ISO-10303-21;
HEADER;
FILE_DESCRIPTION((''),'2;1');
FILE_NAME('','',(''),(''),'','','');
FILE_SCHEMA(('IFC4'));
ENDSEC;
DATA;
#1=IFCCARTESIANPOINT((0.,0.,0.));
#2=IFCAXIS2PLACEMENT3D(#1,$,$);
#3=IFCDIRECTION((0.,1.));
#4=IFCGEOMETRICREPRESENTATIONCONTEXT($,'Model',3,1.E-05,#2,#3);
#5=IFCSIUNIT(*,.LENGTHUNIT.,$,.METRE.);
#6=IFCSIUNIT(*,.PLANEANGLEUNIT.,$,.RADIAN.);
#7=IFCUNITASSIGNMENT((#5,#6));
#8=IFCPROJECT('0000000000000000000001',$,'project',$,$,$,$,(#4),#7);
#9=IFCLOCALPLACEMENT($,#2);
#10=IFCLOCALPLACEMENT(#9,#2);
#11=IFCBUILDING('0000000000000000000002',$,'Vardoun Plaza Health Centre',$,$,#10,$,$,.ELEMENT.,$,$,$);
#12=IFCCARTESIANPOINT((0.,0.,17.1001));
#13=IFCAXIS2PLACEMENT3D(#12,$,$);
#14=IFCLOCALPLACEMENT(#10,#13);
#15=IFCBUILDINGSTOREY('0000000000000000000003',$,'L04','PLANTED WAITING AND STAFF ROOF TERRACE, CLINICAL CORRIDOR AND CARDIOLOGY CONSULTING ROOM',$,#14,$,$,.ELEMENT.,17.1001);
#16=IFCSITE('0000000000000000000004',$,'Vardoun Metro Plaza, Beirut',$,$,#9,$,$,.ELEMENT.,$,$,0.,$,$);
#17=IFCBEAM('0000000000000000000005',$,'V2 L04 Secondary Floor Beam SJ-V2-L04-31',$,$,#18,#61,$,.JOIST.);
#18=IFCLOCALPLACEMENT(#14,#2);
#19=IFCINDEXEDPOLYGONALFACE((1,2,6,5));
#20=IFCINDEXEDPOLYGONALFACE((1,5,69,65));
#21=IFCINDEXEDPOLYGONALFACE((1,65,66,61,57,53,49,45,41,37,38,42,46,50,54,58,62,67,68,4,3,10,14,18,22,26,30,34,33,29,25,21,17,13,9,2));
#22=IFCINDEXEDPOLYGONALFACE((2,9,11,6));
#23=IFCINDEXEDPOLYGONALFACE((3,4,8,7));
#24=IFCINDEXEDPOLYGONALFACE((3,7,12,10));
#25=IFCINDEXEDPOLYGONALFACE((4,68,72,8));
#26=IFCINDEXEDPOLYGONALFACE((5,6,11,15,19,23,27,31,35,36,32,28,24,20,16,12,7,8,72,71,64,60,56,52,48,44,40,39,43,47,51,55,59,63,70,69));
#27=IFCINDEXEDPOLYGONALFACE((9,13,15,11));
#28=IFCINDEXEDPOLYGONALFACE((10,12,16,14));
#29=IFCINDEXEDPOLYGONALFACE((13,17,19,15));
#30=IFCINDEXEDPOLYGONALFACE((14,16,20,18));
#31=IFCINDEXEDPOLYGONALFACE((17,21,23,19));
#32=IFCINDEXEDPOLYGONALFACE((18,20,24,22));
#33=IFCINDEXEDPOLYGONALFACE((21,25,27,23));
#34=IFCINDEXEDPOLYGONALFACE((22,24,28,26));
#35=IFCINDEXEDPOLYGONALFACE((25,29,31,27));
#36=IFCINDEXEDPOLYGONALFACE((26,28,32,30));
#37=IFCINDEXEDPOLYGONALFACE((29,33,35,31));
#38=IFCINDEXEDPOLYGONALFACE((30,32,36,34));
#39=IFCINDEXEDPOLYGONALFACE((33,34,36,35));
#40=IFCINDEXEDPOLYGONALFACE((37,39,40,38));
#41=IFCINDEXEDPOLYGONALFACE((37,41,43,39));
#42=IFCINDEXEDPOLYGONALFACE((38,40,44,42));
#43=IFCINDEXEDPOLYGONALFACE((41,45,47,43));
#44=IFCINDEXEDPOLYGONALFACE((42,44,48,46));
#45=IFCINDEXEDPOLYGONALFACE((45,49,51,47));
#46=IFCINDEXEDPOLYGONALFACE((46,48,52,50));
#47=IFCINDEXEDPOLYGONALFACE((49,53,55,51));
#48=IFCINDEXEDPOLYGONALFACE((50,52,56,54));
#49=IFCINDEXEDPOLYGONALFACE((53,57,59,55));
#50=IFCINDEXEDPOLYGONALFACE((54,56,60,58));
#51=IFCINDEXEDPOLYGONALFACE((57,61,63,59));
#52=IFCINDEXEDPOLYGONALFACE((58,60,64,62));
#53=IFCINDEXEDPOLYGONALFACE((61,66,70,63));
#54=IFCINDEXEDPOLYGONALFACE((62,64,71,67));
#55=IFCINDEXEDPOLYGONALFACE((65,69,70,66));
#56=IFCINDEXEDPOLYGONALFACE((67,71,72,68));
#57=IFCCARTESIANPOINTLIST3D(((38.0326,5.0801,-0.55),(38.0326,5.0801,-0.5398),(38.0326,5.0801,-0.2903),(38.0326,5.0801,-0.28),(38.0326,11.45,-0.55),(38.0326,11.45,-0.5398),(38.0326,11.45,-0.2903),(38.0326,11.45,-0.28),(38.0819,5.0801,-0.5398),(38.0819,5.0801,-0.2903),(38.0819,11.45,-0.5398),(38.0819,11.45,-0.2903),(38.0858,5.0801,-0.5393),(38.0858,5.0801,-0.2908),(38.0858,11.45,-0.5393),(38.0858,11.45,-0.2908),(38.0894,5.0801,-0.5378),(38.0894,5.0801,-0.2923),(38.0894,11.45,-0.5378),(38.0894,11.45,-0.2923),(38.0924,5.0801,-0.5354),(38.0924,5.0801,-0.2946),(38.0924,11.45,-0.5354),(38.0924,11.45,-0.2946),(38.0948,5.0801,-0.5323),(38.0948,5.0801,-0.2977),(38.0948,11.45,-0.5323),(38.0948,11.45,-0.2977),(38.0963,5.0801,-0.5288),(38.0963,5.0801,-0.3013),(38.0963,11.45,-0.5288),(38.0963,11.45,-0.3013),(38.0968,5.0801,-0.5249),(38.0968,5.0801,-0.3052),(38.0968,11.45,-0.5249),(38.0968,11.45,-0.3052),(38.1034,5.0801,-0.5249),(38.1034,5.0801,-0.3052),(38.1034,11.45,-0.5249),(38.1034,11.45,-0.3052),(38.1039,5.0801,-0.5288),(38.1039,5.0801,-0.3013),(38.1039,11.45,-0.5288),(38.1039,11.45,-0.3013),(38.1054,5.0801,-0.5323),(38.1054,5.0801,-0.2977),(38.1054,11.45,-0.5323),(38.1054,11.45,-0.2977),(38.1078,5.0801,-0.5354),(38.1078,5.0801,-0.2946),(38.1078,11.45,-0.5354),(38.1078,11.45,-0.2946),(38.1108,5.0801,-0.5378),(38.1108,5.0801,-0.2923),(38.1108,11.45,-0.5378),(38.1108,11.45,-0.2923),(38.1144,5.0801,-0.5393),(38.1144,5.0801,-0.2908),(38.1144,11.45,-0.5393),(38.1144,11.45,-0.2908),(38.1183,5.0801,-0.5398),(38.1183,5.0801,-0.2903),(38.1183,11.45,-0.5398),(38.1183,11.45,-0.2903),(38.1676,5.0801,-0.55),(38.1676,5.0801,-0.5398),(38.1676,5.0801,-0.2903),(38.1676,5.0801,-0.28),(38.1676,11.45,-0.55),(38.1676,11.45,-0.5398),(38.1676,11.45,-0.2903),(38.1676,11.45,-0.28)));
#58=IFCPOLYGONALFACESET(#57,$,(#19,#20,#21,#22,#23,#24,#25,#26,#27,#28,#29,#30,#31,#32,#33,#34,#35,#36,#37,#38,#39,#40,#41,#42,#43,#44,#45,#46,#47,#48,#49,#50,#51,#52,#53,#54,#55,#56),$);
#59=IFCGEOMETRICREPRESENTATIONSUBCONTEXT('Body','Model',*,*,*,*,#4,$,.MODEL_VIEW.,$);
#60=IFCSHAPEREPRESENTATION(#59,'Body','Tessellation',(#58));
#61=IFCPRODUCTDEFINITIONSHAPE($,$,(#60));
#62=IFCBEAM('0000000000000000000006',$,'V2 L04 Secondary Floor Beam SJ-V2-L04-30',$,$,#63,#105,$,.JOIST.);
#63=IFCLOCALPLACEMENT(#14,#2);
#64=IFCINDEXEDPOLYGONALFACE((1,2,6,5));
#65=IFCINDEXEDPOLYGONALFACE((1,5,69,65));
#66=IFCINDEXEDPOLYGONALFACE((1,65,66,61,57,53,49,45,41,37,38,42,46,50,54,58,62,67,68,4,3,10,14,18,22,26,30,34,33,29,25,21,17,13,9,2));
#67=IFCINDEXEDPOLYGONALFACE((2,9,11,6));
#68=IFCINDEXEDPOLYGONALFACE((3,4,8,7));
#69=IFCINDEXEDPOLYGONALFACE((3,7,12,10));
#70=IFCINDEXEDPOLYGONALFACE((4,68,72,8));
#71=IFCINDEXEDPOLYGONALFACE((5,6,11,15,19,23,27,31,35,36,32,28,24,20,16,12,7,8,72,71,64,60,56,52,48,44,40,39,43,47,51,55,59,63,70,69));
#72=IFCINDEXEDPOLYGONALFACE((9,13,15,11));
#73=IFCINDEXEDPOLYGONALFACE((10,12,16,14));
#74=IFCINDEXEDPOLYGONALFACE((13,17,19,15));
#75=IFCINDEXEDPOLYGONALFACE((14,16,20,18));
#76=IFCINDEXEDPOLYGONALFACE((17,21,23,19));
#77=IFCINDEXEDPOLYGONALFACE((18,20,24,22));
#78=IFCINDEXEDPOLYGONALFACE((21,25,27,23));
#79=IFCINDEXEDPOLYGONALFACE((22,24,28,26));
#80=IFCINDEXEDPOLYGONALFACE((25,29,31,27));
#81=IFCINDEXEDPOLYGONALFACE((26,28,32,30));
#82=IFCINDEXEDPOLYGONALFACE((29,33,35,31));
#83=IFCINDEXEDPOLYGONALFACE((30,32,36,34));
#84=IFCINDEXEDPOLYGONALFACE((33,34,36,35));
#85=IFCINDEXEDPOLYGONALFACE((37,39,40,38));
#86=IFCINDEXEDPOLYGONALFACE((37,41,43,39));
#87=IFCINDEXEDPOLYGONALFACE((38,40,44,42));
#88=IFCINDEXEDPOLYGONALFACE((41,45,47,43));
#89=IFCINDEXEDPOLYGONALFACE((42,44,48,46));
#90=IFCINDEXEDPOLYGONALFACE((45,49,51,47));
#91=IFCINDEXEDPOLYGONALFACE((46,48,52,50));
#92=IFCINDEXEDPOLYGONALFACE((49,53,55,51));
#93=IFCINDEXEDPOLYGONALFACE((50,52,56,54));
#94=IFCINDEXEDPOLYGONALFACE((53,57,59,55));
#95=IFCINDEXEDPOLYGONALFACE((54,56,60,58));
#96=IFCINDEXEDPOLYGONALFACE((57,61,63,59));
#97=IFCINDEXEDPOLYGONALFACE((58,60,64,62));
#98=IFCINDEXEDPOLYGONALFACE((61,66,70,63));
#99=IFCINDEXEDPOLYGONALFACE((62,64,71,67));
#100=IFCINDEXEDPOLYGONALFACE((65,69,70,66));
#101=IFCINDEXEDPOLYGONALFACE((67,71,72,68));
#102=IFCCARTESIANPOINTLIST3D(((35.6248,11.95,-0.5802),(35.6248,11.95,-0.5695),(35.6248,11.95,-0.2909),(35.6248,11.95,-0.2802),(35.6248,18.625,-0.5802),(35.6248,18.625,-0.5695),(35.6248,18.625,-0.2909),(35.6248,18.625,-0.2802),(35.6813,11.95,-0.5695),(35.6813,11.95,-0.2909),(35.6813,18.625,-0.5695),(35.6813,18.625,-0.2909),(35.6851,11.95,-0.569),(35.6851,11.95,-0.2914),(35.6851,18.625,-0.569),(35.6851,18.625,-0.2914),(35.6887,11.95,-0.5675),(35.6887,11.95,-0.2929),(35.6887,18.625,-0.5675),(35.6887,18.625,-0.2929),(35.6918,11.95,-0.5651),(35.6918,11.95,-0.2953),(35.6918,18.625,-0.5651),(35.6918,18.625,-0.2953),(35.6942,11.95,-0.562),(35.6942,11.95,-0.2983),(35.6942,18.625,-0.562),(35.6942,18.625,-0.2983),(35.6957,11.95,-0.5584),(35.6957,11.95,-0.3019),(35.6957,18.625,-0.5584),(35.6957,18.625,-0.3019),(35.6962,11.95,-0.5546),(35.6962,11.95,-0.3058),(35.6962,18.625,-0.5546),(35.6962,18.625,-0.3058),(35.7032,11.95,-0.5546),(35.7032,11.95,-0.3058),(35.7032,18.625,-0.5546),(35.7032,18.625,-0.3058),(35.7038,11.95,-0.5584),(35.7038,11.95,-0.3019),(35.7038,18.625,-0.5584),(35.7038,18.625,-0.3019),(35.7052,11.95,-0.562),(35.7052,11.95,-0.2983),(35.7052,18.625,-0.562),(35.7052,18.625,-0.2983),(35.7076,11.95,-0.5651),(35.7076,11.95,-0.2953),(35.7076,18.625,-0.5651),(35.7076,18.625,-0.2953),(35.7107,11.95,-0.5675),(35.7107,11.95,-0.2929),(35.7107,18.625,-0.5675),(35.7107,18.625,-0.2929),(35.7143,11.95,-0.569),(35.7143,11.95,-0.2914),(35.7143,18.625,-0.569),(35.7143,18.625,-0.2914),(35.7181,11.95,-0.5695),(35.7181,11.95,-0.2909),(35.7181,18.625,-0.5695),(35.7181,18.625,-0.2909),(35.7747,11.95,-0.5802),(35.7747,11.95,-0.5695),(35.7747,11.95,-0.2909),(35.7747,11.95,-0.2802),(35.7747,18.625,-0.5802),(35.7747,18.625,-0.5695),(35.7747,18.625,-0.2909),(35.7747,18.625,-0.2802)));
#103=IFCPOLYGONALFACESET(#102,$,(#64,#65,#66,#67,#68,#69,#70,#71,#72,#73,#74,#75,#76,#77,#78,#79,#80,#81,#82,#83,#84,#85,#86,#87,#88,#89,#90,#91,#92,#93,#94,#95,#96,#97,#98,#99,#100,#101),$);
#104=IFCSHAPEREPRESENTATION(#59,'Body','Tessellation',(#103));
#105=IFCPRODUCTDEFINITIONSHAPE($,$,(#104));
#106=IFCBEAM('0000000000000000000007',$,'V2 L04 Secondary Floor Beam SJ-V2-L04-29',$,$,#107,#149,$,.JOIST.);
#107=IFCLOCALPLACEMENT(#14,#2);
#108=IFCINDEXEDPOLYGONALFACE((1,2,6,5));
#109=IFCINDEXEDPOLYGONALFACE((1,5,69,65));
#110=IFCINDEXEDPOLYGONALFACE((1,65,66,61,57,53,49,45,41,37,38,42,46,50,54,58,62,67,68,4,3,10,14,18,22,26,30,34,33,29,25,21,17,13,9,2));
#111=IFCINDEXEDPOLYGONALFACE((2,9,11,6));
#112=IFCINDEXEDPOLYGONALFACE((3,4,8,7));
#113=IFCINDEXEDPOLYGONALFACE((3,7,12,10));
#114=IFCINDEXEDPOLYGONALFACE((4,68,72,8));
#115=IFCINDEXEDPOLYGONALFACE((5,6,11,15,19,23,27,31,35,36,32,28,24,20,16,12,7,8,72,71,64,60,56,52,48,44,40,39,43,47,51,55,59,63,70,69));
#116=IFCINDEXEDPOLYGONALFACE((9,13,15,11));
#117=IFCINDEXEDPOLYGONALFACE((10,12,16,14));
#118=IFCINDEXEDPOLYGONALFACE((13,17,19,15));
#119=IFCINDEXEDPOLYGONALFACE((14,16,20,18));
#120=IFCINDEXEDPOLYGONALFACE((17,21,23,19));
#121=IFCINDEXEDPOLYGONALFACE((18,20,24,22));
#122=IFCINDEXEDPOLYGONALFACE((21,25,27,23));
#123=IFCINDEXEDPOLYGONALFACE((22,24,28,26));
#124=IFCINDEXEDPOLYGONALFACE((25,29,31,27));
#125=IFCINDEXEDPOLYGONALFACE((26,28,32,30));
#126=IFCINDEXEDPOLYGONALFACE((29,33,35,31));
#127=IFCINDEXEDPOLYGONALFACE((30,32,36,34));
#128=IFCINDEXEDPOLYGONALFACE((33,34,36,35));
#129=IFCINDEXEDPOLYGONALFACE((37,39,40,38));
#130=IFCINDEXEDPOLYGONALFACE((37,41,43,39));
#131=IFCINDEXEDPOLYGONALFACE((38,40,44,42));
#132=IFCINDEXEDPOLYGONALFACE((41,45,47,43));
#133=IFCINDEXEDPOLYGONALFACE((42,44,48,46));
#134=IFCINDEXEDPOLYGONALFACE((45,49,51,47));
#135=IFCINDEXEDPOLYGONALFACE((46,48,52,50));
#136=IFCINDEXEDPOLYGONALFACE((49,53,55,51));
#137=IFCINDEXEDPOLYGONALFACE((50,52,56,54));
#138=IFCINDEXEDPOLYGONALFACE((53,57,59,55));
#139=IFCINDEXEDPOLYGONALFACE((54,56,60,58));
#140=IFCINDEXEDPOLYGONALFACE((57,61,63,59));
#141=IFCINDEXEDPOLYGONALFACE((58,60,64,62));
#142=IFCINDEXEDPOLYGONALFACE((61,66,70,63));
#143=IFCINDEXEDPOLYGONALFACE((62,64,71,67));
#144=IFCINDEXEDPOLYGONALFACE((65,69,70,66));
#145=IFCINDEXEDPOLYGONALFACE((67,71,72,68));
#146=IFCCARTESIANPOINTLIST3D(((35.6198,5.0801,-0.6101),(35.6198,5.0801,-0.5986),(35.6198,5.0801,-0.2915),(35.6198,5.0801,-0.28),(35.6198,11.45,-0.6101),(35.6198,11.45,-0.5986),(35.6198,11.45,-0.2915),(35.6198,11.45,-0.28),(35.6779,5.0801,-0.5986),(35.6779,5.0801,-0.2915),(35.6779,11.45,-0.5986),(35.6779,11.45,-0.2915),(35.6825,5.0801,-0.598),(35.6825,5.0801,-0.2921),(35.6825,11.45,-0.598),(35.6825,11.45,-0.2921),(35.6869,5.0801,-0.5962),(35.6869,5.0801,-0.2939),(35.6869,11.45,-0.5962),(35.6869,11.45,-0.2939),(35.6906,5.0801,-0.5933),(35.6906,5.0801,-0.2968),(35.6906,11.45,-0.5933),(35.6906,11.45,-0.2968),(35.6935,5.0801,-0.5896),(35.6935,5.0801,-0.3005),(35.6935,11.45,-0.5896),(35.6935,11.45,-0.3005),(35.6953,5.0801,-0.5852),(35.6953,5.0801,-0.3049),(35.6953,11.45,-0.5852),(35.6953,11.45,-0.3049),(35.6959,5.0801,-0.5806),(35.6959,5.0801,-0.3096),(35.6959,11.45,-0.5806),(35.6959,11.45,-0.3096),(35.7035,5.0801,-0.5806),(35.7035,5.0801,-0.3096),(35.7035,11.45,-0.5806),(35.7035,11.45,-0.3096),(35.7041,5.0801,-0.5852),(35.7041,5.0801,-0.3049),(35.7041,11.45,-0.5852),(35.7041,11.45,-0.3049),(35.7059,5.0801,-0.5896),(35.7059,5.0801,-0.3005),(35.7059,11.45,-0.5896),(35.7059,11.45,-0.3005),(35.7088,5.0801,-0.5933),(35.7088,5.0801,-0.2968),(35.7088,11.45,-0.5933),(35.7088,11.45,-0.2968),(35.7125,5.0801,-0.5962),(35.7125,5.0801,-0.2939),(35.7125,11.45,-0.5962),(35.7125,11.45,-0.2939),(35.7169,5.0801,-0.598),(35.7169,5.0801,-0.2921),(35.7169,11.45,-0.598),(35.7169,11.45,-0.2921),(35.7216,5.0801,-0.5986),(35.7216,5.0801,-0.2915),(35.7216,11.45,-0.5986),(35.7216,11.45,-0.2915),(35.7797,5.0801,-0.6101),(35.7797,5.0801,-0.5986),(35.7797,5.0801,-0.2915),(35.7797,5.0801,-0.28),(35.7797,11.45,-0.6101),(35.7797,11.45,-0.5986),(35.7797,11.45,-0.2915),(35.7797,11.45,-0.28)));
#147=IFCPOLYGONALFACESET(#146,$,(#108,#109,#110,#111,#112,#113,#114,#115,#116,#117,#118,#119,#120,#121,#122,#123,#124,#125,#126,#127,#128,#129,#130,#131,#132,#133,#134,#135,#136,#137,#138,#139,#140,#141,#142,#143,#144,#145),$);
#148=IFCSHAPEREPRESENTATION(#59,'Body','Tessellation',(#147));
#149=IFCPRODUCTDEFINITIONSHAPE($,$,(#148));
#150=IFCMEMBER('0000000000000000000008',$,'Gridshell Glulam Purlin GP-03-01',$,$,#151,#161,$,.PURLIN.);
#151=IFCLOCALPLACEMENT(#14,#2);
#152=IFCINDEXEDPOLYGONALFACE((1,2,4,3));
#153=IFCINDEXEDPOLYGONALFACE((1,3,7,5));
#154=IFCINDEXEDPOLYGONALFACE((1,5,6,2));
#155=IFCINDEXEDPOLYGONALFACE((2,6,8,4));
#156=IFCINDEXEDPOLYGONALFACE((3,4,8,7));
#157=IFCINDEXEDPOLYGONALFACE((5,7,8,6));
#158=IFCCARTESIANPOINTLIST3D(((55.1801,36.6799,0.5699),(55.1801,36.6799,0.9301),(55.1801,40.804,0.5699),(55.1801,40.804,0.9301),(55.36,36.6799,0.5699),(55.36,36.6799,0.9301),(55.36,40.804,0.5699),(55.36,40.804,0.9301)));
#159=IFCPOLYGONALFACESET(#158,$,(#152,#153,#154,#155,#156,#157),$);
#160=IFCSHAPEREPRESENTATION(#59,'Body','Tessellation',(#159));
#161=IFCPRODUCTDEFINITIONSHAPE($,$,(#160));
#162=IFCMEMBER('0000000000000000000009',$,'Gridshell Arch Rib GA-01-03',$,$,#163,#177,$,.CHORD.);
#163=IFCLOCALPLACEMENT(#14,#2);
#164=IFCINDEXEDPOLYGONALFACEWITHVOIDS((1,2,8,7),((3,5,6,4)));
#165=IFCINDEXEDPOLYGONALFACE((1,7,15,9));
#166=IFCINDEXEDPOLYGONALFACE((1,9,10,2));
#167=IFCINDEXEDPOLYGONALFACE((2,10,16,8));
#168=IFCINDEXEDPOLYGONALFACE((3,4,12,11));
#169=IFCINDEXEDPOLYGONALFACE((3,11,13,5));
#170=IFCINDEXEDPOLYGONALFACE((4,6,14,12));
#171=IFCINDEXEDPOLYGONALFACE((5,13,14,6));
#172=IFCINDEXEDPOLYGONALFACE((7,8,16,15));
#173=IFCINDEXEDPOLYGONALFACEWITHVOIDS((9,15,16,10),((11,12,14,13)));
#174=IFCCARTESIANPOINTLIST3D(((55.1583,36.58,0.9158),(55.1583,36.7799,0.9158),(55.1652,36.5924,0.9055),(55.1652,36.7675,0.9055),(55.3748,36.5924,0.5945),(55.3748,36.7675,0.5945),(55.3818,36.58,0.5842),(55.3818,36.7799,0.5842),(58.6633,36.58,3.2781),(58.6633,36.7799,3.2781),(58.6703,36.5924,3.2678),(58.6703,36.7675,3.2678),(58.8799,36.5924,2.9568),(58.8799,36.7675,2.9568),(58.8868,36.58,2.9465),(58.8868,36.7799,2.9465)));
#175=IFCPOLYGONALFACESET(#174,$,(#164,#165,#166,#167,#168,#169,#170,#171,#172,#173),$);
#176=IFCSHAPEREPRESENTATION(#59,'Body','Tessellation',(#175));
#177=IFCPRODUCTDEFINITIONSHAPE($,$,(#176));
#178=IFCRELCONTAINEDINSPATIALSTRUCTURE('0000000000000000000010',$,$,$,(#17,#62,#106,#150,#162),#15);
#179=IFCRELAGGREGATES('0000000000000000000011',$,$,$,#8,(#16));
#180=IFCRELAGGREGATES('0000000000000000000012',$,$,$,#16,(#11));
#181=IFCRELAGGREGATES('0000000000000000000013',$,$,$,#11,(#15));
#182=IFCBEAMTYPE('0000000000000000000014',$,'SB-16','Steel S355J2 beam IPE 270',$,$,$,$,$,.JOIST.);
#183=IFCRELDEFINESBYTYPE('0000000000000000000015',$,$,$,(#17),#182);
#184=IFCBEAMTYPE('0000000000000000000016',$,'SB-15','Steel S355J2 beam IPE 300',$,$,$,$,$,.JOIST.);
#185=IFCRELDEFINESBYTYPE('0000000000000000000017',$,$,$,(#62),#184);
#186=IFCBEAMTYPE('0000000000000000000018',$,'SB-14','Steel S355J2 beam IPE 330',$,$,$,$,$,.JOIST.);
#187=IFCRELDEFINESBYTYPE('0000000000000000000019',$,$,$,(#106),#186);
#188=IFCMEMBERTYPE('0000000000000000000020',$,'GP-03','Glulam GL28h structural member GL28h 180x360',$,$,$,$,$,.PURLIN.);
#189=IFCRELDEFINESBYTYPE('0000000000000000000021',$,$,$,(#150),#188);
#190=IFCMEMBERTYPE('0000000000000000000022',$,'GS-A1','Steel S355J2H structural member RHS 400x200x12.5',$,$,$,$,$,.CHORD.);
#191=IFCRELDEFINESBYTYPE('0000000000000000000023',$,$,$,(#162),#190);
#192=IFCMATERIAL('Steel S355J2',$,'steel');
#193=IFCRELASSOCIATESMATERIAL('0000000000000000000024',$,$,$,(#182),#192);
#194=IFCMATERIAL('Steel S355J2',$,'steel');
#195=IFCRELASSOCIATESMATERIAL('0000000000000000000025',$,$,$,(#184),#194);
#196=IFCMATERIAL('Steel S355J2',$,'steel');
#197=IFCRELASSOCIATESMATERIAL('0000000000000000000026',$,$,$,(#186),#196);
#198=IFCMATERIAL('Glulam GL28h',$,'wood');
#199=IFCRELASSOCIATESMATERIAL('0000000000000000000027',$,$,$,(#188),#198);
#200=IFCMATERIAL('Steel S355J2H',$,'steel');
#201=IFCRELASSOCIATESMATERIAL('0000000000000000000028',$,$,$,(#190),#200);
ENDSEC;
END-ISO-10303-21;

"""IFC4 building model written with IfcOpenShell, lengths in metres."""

from ifc_helpers import new_model, si_unit, direction, frame, origin, origin_2d, place, context, subcontext, project, spatial, rectangle, hollow_rectangle, i_section, extrude, material, material_profile, profile_set, type_object, element, save


model = new_model("IFC4")

# Units and contexts
model_context = context("Model", 3, precision=1e-05, world=origin(), true_north=direction((0.0, 1.0)))
body_context = subcontext(model_context, "Body", "Model", "MODEL_VIEW")
ifc_project = project(units=[si_unit("LENGTHUNIT", "METRE"), si_unit("PLANEANGLEUNIT", "RADIAN")], contexts=[model_context])

# Site, building, storey
site_placement = place(None, origin())
site = spatial("IfcSite", under=ifc_project, at=site_placement, Name="Vardoun Metro Plaza, Beirut", CompositionType="ELEMENT", RefElevation=0.0)
building_placement = place(site_placement, origin())
building = spatial("IfcBuilding", under=site, at=building_placement, Name="Vardoun Plaza Health Centre", CompositionType="ELEMENT")
storey_placement = place(building_placement, frame((0.0, 0.0, 17.1001)))
storey = spatial("IfcBuildingStorey", under=building, at=storey_placement, Name="L04", Description="PLANTED WAITING AND STAFF ROOF TERRACE, CLINICAL CORRIDOR AND CARDIOLOGY CONSULTING ROOM", CompositionType="ELEMENT", Elevation=17.1001)

# Beams
ifc_material_1 = material(Name="Steel S355J2", Category="steel")
ifc_material_profile_1 = material_profile(ifc_material_1, i_section(OverallWidth=0.135, OverallDepth=0.27, WebThickness=0.0066, FlangeThickness=0.0103, FilletRadius=0.0149, at=origin_2d()), Name="IPE 270")
ifc_profile_set_1 = profile_set([ifc_material_profile_1], Name="Steel S355J2")
beam_type_1 = type_object("IfcBeamType", Name="SB-16", Description="Steel S355J2 beam IPE 270", PredefinedType="JOIST", material=ifc_profile_set_1)
beam_1_placement = place(storey_placement, frame((38.1001, 5.0801, -0.415), z_axis=(0.0, 1.0, 0.0), x_axis=(-1.0, 0.0, 0.0)))
element("IfcBeam", 1, at=beam_1_placement, inside=storey, type_object=beam_type_1, Name="V2 L04 Secondary Floor Beam SJ-V2-L04-31", PredefinedType="JOIST", context=body_context, shape_type="SweptSolid", body=[
    extrude(i_section(OverallWidth=0.135, OverallDepth=0.27, WebThickness=0.0066, FlangeThickness=0.0103, FilletRadius=0.0149, at=origin_2d()), origin(), (0.0, 0.0, 1.0), 6.3699),
])
ifc_material_2 = material(Name="Steel S355J2", Category="steel")
ifc_material_profile_2 = material_profile(ifc_material_2, i_section(OverallWidth=0.1499, OverallDepth=0.3, WebThickness=0.0071, FlangeThickness=0.0107, FilletRadius=0.0149, at=origin_2d()), Name="IPE 300")
ifc_profile_set_2 = profile_set([ifc_material_profile_2], Name="Steel S355J2")
beam_type_2 = type_object("IfcBeamType", Name="SB-15", Description="Steel S355J2 beam IPE 300", PredefinedType="JOIST", material=ifc_profile_set_2)
beam_2_placement = place(storey_placement, frame((35.6997, 11.95, -0.4302), z_axis=(0.0, 1.0, 0.0), x_axis=(-1.0, 0.0, 0.0)))
element("IfcBeam", 2, at=beam_2_placement, inside=storey, type_object=beam_type_2, Name="V2 L04 Secondary Floor Beam SJ-V2-L04-30", PredefinedType="JOIST", context=body_context, shape_type="SweptSolid", body=[
    extrude(i_section(OverallWidth=0.1499, OverallDepth=0.3, WebThickness=0.0071, FlangeThickness=0.0107, FilletRadius=0.0149, at=origin_2d()), origin(), (0.0, 0.0, 1.0), 6.675),
])
ifc_material_3 = material(Name="Steel S355J2", Category="steel")
ifc_material_profile_3 = material_profile(ifc_material_3, i_section(OverallWidth=0.1599, OverallDepth=0.3301, WebThickness=0.0076, FlangeThickness=0.0115, FilletRadius=0.0181, at=origin_2d()), Name="IPE 330")
ifc_profile_set_3 = profile_set([ifc_material_profile_3], Name="Steel S355J2")
beam_type_3 = type_object("IfcBeamType", Name="SB-14", Description="Steel S355J2 beam IPE 330", PredefinedType="JOIST", material=ifc_profile_set_3)
beam_3_placement = place(storey_placement, frame((35.6997, 5.0801, -0.4451), z_axis=(0.0, 1.0, 0.0), x_axis=(-1.0, 0.0, 0.0)))
element("IfcBeam", 3, at=beam_3_placement, inside=storey, type_object=beam_type_3, Name="V2 L04 Secondary Floor Beam SJ-V2-L04-29", PredefinedType="JOIST", context=body_context, shape_type="SweptSolid", body=[
    extrude(i_section(OverallWidth=0.1599, OverallDepth=0.3301, WebThickness=0.0076, FlangeThickness=0.0115, FilletRadius=0.0181, at=origin_2d()), origin(), (0.0, 0.0, 1.0), 6.3699),
])

# Members
ifc_material_4 = material(Name="Glulam GL28h", Category="wood")
ifc_material_profile_4 = material_profile(ifc_material_4, rectangle(XDim=0.1799, YDim=0.3601, at=origin_2d()), Name="GL28h 180x360")
ifc_profile_set_4 = profile_set([ifc_material_profile_4], Name="Glulam GL28h")
member_type_1 = type_object("IfcMemberType", Name="GP-03", Description="Glulam GL28h structural member GL28h 180x360", PredefinedType="PURLIN", material=ifc_profile_set_4)
member_1_placement = place(storey_placement, frame((55.27, 36.6799, 0.75), z_axis=(0.0, 1.0, 0.0), x_axis=(-1.0, 0.0, 0.0)))
element("IfcMember", 4, at=member_1_placement, inside=storey, type_object=member_type_1, Name="Gridshell Glulam Purlin GP-03-01", PredefinedType="PURLIN", context=body_context, shape_type="SweptSolid", body=[
    extrude(rectangle(XDim=0.1799, YDim=0.3601, at=origin_2d()), origin(), (0.0, 0.0, 1.0), 4.124),
])
ifc_material_5 = material(Name="Steel S355J2H", Category="steel")
ifc_material_profile_5 = material_profile(ifc_material_5, hollow_rectangle(XDim=0.2, YDim=0.3999, WallThickness=0.0125, at=origin_2d()), Name="RHS 400x200x12.5")
ifc_profile_set_5 = profile_set([ifc_material_profile_5], Name="Steel S355J2H")
member_type_2 = type_object("IfcMemberType", Name="GS-A1", Description="Steel S355J2H structural member RHS 400x200x12.5", PredefinedType="CHORD", material=ifc_profile_set_5)
member_2_placement = place(storey_placement, frame((55.27, 36.6799, 0.75), z_axis=(0.82925, 0.0, 0.558879), x_axis=(0.0, 1.0, 0.0)))
element("IfcMember", 5, at=member_2_placement, inside=storey, type_object=member_type_2, Name="Gridshell Arch Rib GA-01-03", PredefinedType="CHORD", context=body_context, shape_type="SweptSolid", body=[
    extrude(hollow_rectangle(XDim=0.2, YDim=0.3999, WallThickness=0.0125, at=origin_2d()), origin(), (0.0, 0.0, 1.0), 4.2268),
])

save(model, "model.ifc")
